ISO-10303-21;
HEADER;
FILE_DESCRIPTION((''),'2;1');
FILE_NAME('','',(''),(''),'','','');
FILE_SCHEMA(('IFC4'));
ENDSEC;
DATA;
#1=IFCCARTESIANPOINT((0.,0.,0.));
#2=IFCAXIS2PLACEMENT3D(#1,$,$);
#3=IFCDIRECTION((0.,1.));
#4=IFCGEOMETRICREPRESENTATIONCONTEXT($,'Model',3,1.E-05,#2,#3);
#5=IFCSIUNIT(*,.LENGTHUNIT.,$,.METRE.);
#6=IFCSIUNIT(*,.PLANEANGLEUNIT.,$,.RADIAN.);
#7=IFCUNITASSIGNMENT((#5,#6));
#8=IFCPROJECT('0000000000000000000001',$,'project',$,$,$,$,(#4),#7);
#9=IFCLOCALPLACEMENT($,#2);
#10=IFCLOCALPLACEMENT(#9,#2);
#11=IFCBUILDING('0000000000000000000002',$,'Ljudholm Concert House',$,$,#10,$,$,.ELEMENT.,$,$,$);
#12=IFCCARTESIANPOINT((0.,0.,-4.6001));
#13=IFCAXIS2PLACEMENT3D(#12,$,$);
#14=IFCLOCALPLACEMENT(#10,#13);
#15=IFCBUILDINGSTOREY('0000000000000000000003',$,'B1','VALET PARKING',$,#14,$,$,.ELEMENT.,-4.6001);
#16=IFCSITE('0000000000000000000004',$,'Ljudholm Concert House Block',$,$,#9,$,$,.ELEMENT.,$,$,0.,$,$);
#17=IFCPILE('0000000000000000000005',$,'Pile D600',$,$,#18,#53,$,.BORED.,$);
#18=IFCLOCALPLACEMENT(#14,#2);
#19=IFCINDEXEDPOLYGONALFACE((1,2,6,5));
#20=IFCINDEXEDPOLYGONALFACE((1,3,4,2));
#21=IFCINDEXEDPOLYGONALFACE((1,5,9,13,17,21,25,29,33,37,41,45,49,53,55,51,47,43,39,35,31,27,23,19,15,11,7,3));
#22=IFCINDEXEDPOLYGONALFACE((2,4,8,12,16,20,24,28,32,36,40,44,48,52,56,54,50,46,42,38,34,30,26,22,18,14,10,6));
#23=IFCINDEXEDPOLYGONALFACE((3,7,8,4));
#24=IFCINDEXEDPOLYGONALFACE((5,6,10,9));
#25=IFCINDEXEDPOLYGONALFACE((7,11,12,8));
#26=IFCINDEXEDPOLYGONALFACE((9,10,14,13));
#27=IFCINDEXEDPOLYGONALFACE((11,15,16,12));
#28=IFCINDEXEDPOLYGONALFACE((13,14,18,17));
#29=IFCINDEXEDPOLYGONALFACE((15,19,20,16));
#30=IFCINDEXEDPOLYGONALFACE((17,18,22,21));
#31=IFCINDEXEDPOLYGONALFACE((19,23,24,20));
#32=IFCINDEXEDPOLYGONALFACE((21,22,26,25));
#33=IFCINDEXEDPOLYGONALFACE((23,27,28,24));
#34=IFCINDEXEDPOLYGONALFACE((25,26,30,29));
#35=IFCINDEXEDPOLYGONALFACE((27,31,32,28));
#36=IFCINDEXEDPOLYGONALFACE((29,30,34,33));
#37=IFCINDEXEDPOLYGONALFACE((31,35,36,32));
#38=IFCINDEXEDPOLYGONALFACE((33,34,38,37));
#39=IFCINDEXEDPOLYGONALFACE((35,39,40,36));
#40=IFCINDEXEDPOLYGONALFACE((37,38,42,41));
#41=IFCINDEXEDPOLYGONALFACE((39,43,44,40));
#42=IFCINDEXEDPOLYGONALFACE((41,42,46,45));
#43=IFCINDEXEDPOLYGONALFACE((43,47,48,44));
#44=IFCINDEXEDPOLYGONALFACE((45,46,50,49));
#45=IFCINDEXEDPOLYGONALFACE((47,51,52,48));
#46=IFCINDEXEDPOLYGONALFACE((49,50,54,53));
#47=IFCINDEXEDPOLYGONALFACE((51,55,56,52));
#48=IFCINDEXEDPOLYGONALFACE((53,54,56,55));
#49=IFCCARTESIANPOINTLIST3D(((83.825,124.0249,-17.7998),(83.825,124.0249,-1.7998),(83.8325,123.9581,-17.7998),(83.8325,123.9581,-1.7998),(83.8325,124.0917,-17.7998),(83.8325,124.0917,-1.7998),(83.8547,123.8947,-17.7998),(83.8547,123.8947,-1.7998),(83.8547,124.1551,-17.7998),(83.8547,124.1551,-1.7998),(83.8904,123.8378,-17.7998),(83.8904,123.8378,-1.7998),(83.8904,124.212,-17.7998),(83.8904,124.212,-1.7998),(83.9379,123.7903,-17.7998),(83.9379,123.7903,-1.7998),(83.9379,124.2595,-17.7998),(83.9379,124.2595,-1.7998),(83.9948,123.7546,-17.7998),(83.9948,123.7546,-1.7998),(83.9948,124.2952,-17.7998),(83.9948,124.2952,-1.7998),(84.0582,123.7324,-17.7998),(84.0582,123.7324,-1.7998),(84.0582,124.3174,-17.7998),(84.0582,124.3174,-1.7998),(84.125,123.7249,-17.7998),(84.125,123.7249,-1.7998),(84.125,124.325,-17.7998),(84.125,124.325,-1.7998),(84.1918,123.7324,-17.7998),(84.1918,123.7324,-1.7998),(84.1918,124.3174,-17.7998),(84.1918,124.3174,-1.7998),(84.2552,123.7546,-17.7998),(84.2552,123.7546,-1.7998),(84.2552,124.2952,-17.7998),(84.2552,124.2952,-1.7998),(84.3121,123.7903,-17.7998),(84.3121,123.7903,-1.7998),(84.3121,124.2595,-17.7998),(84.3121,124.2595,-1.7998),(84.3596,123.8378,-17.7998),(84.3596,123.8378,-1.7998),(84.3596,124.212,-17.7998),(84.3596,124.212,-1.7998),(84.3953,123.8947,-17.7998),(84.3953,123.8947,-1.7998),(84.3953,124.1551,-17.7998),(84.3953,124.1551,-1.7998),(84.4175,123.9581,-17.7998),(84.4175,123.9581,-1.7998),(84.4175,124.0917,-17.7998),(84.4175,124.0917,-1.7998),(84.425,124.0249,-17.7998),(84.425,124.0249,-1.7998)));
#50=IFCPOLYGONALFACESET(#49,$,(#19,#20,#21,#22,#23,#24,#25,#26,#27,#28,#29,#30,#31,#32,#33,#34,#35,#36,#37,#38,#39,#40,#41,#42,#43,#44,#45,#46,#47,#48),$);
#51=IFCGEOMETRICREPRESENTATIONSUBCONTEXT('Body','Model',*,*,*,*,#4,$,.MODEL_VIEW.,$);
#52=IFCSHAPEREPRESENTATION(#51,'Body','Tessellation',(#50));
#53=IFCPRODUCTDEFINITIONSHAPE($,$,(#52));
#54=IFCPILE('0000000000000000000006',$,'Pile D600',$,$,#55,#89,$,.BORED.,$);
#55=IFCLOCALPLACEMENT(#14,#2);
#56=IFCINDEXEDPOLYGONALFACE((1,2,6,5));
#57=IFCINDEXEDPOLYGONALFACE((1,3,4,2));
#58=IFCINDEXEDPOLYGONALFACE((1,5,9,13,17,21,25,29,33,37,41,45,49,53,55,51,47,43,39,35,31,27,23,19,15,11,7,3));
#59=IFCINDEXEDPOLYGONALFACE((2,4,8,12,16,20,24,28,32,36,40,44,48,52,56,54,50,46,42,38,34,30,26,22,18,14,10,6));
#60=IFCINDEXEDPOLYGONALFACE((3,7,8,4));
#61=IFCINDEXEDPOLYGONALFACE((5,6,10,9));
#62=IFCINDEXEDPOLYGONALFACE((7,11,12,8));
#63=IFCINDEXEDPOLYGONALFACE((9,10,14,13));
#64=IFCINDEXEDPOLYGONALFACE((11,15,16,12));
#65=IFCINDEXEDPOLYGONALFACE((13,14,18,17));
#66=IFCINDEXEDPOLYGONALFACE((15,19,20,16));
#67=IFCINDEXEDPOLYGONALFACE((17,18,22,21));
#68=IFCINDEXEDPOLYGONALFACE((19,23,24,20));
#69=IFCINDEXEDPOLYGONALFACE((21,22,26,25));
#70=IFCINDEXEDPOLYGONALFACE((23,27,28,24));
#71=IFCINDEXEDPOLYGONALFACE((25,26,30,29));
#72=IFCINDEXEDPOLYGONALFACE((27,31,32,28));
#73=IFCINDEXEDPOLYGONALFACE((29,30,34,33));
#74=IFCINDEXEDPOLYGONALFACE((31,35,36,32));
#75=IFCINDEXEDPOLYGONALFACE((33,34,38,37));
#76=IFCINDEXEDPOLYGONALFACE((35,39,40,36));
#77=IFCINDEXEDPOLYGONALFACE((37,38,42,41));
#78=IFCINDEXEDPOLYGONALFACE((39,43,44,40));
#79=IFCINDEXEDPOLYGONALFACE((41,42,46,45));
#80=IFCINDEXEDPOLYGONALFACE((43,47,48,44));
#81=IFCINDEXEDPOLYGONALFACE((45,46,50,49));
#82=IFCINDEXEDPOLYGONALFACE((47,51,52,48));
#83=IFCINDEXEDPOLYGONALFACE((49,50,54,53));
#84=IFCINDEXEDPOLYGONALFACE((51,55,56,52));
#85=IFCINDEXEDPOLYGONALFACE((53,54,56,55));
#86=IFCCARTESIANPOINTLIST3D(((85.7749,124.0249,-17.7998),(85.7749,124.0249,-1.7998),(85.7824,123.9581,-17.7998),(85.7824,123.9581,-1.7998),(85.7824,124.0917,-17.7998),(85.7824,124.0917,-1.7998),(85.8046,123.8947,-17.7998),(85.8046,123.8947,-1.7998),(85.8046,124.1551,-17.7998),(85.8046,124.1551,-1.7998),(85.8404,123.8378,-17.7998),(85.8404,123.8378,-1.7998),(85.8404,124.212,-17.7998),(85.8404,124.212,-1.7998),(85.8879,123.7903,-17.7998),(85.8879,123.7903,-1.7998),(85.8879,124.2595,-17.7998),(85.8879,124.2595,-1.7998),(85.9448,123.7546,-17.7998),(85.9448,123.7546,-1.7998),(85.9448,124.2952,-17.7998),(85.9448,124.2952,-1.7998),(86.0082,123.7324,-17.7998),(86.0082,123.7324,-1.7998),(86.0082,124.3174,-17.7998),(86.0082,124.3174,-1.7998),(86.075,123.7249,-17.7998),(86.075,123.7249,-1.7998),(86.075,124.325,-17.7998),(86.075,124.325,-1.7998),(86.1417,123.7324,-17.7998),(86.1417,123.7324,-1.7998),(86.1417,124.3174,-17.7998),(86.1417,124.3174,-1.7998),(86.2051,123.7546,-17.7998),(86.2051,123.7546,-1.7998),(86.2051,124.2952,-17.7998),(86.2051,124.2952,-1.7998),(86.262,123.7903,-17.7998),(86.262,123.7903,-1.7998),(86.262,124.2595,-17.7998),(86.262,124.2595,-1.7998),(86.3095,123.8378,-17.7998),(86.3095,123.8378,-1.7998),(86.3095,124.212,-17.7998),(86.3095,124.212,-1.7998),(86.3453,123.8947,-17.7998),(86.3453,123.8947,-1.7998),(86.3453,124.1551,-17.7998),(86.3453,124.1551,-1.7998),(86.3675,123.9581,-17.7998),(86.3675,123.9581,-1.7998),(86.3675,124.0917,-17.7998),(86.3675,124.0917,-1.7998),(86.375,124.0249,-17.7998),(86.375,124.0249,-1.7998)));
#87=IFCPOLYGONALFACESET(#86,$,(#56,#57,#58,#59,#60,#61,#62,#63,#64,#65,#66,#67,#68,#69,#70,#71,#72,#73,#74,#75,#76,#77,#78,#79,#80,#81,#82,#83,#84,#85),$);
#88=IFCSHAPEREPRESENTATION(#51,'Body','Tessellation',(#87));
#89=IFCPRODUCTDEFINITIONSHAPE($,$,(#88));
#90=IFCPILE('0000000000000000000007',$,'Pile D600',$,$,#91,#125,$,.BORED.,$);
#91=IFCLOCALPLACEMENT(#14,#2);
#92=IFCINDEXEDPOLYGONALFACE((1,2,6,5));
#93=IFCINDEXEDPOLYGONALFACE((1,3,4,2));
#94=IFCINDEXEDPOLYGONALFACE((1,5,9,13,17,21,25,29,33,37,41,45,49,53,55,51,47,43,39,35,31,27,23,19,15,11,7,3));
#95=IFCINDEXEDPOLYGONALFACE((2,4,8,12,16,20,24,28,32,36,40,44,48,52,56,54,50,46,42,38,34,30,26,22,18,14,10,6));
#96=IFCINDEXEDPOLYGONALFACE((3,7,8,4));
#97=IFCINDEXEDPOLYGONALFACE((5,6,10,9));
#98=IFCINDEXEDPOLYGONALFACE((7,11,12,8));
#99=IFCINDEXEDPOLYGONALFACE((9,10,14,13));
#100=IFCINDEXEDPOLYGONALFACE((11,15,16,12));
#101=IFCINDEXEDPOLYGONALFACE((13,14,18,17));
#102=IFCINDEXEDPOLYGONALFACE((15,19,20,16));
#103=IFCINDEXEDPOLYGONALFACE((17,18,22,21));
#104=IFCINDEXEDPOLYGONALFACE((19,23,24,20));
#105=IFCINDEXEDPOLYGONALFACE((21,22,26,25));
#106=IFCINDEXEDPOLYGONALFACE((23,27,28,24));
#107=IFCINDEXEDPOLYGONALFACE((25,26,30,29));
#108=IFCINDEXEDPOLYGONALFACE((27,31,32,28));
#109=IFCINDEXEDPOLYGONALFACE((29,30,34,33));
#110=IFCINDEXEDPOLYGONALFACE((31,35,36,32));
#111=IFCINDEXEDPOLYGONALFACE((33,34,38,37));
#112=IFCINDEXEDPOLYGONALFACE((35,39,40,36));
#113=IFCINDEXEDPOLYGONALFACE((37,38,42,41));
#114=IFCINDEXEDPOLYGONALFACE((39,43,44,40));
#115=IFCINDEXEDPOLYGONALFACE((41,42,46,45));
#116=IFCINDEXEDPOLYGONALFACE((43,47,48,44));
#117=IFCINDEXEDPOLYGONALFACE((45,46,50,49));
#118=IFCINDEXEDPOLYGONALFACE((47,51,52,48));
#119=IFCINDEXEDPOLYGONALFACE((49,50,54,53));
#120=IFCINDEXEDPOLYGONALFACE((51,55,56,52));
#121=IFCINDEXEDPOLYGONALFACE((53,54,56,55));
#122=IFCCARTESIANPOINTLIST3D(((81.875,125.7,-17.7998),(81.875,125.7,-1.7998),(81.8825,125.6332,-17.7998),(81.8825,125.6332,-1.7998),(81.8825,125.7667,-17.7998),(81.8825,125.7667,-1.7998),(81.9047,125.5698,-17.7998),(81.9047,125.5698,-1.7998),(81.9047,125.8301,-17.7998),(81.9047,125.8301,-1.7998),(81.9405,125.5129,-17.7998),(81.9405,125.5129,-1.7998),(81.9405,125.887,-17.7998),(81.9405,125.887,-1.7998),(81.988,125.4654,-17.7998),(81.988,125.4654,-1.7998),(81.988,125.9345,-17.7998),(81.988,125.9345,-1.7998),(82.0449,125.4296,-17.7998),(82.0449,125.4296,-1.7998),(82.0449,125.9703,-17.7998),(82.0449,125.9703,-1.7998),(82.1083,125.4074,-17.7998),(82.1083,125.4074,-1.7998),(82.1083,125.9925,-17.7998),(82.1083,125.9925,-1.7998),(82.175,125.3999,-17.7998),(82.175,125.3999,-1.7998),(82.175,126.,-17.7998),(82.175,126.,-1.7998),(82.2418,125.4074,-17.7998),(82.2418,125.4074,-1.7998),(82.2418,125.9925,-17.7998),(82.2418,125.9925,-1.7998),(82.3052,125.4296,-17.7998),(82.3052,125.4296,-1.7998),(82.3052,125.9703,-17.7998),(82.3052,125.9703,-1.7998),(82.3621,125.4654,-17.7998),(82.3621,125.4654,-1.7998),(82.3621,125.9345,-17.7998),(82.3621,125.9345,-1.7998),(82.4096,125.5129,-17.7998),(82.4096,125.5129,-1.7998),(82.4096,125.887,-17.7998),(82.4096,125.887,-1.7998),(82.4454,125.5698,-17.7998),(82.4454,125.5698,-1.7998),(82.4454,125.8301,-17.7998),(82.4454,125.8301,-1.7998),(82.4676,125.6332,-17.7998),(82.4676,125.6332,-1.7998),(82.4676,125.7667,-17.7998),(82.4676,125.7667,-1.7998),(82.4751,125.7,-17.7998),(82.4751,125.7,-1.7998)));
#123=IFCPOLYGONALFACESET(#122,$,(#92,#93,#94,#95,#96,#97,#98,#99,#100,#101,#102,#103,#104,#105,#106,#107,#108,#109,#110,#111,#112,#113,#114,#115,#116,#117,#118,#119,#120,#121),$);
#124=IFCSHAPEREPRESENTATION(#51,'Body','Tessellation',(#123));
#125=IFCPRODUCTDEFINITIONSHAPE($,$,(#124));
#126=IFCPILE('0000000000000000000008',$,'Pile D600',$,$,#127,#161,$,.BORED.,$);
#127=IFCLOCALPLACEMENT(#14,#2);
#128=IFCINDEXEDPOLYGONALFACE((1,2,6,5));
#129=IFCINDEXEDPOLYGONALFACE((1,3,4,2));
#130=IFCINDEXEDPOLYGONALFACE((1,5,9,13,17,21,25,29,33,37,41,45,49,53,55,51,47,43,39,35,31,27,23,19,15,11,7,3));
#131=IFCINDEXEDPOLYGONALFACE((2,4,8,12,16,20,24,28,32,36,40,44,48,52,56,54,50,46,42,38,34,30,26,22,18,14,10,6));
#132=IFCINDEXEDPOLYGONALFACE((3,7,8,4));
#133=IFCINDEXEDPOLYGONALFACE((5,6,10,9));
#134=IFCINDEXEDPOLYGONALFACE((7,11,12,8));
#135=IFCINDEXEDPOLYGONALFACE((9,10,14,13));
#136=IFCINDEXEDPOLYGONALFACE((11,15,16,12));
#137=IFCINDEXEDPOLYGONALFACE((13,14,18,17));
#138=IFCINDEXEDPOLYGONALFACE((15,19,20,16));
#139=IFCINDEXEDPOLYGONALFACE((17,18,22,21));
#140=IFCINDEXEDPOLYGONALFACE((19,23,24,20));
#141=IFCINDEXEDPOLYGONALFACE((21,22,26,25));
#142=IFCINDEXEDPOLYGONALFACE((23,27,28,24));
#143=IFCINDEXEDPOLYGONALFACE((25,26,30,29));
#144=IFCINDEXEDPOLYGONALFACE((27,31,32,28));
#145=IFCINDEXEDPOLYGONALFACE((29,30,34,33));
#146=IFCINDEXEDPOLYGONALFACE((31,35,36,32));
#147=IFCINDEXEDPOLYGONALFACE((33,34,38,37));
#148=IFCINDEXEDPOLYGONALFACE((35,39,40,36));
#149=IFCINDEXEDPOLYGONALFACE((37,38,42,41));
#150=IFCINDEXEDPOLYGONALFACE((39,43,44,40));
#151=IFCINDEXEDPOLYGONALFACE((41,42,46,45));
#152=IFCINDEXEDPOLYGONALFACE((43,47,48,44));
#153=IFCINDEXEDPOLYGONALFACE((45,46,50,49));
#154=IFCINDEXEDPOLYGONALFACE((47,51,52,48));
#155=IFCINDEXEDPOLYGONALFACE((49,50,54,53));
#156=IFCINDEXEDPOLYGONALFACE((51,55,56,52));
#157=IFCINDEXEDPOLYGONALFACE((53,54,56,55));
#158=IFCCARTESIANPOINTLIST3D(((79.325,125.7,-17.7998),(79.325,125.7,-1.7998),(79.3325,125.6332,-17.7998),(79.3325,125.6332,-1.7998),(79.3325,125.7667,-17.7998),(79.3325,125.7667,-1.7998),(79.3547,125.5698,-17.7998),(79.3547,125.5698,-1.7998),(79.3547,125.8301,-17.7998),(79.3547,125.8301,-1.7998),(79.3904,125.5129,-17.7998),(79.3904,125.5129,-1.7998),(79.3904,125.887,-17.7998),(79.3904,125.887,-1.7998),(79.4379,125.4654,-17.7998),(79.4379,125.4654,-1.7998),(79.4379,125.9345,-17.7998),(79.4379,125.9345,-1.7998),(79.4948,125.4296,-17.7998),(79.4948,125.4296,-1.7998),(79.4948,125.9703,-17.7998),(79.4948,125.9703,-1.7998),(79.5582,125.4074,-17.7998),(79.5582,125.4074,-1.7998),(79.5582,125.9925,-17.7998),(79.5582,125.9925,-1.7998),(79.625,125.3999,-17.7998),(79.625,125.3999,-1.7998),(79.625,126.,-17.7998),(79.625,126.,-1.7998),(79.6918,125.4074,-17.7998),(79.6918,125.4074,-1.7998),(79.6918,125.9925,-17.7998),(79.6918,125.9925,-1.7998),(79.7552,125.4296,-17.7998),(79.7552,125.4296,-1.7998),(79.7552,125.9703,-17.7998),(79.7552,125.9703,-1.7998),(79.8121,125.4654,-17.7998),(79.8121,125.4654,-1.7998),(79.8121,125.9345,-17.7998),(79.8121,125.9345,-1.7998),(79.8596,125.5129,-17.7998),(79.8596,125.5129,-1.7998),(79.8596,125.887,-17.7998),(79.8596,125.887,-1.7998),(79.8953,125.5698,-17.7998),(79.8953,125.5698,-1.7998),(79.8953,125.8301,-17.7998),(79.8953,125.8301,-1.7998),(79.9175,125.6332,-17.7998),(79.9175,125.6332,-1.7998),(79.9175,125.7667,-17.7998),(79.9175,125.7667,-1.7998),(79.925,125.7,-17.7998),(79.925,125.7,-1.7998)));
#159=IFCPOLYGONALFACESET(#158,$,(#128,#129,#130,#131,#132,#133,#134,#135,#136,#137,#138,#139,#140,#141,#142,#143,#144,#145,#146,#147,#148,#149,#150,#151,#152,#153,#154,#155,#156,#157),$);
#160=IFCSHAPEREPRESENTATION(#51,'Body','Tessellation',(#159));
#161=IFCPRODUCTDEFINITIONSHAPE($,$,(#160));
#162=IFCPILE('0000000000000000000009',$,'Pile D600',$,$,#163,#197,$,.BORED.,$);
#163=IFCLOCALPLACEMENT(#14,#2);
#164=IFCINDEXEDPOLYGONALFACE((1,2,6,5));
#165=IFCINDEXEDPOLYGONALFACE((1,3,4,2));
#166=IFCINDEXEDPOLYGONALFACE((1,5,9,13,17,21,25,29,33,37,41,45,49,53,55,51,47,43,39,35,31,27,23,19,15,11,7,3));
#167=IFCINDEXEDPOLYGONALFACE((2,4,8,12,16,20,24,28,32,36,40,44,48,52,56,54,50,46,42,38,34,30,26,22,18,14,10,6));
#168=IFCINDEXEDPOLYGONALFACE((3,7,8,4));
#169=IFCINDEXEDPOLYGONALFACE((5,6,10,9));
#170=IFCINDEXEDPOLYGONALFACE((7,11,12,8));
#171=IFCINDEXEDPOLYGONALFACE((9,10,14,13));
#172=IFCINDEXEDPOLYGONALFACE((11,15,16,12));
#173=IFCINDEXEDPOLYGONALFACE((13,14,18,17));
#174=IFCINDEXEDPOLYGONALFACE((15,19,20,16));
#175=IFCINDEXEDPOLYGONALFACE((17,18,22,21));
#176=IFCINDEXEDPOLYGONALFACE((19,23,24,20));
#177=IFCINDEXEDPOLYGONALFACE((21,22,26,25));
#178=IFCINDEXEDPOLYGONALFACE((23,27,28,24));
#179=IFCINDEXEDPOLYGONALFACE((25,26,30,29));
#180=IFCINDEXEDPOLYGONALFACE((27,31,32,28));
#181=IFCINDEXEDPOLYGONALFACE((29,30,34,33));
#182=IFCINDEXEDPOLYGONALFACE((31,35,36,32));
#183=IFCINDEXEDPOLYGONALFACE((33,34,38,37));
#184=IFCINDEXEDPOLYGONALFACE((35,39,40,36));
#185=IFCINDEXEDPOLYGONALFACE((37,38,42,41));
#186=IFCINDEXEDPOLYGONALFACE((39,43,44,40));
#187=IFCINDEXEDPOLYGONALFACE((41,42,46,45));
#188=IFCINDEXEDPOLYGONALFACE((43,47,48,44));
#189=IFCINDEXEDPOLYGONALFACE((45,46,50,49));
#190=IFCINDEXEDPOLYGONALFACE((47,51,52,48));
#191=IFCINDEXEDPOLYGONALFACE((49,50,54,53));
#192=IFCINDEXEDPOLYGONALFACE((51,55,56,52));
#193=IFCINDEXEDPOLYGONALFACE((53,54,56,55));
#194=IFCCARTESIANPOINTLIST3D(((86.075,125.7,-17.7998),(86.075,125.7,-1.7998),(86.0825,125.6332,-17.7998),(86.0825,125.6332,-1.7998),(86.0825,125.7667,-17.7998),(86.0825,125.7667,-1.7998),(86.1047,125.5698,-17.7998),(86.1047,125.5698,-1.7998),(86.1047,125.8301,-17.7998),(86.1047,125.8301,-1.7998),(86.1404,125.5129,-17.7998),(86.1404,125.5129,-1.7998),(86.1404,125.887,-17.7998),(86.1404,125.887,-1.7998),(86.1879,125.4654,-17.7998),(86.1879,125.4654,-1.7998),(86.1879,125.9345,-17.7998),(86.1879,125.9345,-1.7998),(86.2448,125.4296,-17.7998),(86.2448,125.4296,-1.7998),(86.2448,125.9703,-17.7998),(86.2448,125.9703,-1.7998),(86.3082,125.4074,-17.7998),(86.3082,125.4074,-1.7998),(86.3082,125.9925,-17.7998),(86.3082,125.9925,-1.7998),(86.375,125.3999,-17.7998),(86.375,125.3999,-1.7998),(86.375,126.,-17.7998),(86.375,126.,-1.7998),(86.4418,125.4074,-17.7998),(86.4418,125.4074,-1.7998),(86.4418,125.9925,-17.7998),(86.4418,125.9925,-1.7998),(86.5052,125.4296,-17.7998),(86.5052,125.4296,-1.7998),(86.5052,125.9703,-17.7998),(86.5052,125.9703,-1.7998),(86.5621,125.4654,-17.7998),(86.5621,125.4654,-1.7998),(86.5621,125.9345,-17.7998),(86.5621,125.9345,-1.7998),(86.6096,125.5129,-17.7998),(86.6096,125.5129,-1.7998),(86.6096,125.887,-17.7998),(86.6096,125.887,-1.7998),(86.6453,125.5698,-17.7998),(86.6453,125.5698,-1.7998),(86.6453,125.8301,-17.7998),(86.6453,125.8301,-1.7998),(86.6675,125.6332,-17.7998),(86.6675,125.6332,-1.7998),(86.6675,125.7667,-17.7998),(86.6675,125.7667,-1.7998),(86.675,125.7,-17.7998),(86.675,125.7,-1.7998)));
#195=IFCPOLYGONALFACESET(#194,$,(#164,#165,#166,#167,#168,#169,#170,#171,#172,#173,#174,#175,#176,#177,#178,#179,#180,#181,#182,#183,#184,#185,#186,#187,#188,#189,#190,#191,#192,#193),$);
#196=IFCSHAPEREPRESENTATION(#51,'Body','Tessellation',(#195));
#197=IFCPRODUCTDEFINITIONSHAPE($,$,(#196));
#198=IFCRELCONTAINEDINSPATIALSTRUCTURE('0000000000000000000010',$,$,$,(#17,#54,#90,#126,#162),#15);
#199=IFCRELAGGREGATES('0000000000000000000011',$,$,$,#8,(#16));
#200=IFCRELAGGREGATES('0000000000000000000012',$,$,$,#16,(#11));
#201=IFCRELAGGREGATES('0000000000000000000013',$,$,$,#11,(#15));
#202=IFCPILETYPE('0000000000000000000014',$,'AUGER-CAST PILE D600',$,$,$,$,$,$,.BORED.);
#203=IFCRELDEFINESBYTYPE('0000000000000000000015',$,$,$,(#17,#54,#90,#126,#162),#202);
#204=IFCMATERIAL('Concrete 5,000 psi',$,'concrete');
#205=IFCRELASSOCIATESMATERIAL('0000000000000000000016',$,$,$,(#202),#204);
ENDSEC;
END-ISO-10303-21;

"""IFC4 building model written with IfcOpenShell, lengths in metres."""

from ifc_helpers import new_model, si_unit, direction, frame, origin, origin_2d, place, context, subcontext, project, spatial, circle, extrude, material, material_profile, profile_set, type_object, element, save


model = new_model("IFC4")

# Units and contexts
model_context = context("Model", 3, precision=1e-05, world=origin(), true_north=direction((0.0, 1.0)))
body_context = subcontext(model_context, "Body", "Model", "MODEL_VIEW")
ifc_project = project(units=[si_unit("LENGTHUNIT", "METRE"), si_unit("PLANEANGLEUNIT", "RADIAN")], contexts=[model_context])

# Site, building, storey
site_placement = place(None, origin())
site = spatial("IfcSite", under=ifc_project, at=site_placement, Name="Ljudholm Concert House Block", CompositionType="ELEMENT", RefElevation=0.0)
building_placement = place(site_placement, origin())
building = spatial("IfcBuilding", under=site, at=building_placement, Name="Ljudholm Concert House", CompositionType="ELEMENT")
storey_placement = place(building_placement, frame((0.0, 0.0, -4.6001)))
storey = spatial("IfcBuildingStorey", under=building, at=storey_placement, Name="B1", Description="VALET PARKING", CompositionType="ELEMENT", Elevation=-4.6001)

# Piles
ifc_material_1 = material(Name="Concrete 5,000 psi", Category="concrete")
ifc_material_profile_1 = material_profile(ifc_material_1, circle(Radius=0.3, at=origin_2d()), Name="AUGER-CAST PILE D600")
ifc_profile_set_1 = profile_set([ifc_material_profile_1], Name="Concrete 5,000 psi")
pile_type = type_object("IfcPileType", Name="AUGER-CAST PILE D600", PredefinedType="BORED", material=ifc_profile_set_1)
for number, where, z_axis, x_axis, name in (
    (1, (84.125, 124.0249, -1.7998), (0.0, 0.0, -1.0), (1.0, 0.0, 0.0), "Pile D600"),
    (2, (86.075, 124.0249, -1.7998), (0.0, 0.0, -1.0), (1.0, 0.0, 0.0), "Pile D600"),
    (3, (82.175, 125.7, -1.7998), (0.0, 0.0, -1.0), (1.0, 0.0, 0.0), "Pile D600"),
    (4, (79.625, 125.7, -1.7998), (0.0, 0.0, -1.0), (1.0, 0.0, 0.0), "Pile D600"),
    (5, (86.375, 125.7, -1.7998), (0.0, 0.0, -1.0), (1.0, 0.0, 0.0), "Pile D600"),
):
    element("IfcPile", number, at=place(storey_placement, frame(where, z_axis=z_axis, x_axis=x_axis)), inside=storey, type_object=pile_type, Name=name, PredefinedType="BORED", context=body_context, shape_type="SweptSolid", body=[
        extrude(circle(Radius=0.3, at=origin_2d()), origin(), (0.0, 0.0, 1.0), 16.0),
    ])

save(model, "model.ifc")
